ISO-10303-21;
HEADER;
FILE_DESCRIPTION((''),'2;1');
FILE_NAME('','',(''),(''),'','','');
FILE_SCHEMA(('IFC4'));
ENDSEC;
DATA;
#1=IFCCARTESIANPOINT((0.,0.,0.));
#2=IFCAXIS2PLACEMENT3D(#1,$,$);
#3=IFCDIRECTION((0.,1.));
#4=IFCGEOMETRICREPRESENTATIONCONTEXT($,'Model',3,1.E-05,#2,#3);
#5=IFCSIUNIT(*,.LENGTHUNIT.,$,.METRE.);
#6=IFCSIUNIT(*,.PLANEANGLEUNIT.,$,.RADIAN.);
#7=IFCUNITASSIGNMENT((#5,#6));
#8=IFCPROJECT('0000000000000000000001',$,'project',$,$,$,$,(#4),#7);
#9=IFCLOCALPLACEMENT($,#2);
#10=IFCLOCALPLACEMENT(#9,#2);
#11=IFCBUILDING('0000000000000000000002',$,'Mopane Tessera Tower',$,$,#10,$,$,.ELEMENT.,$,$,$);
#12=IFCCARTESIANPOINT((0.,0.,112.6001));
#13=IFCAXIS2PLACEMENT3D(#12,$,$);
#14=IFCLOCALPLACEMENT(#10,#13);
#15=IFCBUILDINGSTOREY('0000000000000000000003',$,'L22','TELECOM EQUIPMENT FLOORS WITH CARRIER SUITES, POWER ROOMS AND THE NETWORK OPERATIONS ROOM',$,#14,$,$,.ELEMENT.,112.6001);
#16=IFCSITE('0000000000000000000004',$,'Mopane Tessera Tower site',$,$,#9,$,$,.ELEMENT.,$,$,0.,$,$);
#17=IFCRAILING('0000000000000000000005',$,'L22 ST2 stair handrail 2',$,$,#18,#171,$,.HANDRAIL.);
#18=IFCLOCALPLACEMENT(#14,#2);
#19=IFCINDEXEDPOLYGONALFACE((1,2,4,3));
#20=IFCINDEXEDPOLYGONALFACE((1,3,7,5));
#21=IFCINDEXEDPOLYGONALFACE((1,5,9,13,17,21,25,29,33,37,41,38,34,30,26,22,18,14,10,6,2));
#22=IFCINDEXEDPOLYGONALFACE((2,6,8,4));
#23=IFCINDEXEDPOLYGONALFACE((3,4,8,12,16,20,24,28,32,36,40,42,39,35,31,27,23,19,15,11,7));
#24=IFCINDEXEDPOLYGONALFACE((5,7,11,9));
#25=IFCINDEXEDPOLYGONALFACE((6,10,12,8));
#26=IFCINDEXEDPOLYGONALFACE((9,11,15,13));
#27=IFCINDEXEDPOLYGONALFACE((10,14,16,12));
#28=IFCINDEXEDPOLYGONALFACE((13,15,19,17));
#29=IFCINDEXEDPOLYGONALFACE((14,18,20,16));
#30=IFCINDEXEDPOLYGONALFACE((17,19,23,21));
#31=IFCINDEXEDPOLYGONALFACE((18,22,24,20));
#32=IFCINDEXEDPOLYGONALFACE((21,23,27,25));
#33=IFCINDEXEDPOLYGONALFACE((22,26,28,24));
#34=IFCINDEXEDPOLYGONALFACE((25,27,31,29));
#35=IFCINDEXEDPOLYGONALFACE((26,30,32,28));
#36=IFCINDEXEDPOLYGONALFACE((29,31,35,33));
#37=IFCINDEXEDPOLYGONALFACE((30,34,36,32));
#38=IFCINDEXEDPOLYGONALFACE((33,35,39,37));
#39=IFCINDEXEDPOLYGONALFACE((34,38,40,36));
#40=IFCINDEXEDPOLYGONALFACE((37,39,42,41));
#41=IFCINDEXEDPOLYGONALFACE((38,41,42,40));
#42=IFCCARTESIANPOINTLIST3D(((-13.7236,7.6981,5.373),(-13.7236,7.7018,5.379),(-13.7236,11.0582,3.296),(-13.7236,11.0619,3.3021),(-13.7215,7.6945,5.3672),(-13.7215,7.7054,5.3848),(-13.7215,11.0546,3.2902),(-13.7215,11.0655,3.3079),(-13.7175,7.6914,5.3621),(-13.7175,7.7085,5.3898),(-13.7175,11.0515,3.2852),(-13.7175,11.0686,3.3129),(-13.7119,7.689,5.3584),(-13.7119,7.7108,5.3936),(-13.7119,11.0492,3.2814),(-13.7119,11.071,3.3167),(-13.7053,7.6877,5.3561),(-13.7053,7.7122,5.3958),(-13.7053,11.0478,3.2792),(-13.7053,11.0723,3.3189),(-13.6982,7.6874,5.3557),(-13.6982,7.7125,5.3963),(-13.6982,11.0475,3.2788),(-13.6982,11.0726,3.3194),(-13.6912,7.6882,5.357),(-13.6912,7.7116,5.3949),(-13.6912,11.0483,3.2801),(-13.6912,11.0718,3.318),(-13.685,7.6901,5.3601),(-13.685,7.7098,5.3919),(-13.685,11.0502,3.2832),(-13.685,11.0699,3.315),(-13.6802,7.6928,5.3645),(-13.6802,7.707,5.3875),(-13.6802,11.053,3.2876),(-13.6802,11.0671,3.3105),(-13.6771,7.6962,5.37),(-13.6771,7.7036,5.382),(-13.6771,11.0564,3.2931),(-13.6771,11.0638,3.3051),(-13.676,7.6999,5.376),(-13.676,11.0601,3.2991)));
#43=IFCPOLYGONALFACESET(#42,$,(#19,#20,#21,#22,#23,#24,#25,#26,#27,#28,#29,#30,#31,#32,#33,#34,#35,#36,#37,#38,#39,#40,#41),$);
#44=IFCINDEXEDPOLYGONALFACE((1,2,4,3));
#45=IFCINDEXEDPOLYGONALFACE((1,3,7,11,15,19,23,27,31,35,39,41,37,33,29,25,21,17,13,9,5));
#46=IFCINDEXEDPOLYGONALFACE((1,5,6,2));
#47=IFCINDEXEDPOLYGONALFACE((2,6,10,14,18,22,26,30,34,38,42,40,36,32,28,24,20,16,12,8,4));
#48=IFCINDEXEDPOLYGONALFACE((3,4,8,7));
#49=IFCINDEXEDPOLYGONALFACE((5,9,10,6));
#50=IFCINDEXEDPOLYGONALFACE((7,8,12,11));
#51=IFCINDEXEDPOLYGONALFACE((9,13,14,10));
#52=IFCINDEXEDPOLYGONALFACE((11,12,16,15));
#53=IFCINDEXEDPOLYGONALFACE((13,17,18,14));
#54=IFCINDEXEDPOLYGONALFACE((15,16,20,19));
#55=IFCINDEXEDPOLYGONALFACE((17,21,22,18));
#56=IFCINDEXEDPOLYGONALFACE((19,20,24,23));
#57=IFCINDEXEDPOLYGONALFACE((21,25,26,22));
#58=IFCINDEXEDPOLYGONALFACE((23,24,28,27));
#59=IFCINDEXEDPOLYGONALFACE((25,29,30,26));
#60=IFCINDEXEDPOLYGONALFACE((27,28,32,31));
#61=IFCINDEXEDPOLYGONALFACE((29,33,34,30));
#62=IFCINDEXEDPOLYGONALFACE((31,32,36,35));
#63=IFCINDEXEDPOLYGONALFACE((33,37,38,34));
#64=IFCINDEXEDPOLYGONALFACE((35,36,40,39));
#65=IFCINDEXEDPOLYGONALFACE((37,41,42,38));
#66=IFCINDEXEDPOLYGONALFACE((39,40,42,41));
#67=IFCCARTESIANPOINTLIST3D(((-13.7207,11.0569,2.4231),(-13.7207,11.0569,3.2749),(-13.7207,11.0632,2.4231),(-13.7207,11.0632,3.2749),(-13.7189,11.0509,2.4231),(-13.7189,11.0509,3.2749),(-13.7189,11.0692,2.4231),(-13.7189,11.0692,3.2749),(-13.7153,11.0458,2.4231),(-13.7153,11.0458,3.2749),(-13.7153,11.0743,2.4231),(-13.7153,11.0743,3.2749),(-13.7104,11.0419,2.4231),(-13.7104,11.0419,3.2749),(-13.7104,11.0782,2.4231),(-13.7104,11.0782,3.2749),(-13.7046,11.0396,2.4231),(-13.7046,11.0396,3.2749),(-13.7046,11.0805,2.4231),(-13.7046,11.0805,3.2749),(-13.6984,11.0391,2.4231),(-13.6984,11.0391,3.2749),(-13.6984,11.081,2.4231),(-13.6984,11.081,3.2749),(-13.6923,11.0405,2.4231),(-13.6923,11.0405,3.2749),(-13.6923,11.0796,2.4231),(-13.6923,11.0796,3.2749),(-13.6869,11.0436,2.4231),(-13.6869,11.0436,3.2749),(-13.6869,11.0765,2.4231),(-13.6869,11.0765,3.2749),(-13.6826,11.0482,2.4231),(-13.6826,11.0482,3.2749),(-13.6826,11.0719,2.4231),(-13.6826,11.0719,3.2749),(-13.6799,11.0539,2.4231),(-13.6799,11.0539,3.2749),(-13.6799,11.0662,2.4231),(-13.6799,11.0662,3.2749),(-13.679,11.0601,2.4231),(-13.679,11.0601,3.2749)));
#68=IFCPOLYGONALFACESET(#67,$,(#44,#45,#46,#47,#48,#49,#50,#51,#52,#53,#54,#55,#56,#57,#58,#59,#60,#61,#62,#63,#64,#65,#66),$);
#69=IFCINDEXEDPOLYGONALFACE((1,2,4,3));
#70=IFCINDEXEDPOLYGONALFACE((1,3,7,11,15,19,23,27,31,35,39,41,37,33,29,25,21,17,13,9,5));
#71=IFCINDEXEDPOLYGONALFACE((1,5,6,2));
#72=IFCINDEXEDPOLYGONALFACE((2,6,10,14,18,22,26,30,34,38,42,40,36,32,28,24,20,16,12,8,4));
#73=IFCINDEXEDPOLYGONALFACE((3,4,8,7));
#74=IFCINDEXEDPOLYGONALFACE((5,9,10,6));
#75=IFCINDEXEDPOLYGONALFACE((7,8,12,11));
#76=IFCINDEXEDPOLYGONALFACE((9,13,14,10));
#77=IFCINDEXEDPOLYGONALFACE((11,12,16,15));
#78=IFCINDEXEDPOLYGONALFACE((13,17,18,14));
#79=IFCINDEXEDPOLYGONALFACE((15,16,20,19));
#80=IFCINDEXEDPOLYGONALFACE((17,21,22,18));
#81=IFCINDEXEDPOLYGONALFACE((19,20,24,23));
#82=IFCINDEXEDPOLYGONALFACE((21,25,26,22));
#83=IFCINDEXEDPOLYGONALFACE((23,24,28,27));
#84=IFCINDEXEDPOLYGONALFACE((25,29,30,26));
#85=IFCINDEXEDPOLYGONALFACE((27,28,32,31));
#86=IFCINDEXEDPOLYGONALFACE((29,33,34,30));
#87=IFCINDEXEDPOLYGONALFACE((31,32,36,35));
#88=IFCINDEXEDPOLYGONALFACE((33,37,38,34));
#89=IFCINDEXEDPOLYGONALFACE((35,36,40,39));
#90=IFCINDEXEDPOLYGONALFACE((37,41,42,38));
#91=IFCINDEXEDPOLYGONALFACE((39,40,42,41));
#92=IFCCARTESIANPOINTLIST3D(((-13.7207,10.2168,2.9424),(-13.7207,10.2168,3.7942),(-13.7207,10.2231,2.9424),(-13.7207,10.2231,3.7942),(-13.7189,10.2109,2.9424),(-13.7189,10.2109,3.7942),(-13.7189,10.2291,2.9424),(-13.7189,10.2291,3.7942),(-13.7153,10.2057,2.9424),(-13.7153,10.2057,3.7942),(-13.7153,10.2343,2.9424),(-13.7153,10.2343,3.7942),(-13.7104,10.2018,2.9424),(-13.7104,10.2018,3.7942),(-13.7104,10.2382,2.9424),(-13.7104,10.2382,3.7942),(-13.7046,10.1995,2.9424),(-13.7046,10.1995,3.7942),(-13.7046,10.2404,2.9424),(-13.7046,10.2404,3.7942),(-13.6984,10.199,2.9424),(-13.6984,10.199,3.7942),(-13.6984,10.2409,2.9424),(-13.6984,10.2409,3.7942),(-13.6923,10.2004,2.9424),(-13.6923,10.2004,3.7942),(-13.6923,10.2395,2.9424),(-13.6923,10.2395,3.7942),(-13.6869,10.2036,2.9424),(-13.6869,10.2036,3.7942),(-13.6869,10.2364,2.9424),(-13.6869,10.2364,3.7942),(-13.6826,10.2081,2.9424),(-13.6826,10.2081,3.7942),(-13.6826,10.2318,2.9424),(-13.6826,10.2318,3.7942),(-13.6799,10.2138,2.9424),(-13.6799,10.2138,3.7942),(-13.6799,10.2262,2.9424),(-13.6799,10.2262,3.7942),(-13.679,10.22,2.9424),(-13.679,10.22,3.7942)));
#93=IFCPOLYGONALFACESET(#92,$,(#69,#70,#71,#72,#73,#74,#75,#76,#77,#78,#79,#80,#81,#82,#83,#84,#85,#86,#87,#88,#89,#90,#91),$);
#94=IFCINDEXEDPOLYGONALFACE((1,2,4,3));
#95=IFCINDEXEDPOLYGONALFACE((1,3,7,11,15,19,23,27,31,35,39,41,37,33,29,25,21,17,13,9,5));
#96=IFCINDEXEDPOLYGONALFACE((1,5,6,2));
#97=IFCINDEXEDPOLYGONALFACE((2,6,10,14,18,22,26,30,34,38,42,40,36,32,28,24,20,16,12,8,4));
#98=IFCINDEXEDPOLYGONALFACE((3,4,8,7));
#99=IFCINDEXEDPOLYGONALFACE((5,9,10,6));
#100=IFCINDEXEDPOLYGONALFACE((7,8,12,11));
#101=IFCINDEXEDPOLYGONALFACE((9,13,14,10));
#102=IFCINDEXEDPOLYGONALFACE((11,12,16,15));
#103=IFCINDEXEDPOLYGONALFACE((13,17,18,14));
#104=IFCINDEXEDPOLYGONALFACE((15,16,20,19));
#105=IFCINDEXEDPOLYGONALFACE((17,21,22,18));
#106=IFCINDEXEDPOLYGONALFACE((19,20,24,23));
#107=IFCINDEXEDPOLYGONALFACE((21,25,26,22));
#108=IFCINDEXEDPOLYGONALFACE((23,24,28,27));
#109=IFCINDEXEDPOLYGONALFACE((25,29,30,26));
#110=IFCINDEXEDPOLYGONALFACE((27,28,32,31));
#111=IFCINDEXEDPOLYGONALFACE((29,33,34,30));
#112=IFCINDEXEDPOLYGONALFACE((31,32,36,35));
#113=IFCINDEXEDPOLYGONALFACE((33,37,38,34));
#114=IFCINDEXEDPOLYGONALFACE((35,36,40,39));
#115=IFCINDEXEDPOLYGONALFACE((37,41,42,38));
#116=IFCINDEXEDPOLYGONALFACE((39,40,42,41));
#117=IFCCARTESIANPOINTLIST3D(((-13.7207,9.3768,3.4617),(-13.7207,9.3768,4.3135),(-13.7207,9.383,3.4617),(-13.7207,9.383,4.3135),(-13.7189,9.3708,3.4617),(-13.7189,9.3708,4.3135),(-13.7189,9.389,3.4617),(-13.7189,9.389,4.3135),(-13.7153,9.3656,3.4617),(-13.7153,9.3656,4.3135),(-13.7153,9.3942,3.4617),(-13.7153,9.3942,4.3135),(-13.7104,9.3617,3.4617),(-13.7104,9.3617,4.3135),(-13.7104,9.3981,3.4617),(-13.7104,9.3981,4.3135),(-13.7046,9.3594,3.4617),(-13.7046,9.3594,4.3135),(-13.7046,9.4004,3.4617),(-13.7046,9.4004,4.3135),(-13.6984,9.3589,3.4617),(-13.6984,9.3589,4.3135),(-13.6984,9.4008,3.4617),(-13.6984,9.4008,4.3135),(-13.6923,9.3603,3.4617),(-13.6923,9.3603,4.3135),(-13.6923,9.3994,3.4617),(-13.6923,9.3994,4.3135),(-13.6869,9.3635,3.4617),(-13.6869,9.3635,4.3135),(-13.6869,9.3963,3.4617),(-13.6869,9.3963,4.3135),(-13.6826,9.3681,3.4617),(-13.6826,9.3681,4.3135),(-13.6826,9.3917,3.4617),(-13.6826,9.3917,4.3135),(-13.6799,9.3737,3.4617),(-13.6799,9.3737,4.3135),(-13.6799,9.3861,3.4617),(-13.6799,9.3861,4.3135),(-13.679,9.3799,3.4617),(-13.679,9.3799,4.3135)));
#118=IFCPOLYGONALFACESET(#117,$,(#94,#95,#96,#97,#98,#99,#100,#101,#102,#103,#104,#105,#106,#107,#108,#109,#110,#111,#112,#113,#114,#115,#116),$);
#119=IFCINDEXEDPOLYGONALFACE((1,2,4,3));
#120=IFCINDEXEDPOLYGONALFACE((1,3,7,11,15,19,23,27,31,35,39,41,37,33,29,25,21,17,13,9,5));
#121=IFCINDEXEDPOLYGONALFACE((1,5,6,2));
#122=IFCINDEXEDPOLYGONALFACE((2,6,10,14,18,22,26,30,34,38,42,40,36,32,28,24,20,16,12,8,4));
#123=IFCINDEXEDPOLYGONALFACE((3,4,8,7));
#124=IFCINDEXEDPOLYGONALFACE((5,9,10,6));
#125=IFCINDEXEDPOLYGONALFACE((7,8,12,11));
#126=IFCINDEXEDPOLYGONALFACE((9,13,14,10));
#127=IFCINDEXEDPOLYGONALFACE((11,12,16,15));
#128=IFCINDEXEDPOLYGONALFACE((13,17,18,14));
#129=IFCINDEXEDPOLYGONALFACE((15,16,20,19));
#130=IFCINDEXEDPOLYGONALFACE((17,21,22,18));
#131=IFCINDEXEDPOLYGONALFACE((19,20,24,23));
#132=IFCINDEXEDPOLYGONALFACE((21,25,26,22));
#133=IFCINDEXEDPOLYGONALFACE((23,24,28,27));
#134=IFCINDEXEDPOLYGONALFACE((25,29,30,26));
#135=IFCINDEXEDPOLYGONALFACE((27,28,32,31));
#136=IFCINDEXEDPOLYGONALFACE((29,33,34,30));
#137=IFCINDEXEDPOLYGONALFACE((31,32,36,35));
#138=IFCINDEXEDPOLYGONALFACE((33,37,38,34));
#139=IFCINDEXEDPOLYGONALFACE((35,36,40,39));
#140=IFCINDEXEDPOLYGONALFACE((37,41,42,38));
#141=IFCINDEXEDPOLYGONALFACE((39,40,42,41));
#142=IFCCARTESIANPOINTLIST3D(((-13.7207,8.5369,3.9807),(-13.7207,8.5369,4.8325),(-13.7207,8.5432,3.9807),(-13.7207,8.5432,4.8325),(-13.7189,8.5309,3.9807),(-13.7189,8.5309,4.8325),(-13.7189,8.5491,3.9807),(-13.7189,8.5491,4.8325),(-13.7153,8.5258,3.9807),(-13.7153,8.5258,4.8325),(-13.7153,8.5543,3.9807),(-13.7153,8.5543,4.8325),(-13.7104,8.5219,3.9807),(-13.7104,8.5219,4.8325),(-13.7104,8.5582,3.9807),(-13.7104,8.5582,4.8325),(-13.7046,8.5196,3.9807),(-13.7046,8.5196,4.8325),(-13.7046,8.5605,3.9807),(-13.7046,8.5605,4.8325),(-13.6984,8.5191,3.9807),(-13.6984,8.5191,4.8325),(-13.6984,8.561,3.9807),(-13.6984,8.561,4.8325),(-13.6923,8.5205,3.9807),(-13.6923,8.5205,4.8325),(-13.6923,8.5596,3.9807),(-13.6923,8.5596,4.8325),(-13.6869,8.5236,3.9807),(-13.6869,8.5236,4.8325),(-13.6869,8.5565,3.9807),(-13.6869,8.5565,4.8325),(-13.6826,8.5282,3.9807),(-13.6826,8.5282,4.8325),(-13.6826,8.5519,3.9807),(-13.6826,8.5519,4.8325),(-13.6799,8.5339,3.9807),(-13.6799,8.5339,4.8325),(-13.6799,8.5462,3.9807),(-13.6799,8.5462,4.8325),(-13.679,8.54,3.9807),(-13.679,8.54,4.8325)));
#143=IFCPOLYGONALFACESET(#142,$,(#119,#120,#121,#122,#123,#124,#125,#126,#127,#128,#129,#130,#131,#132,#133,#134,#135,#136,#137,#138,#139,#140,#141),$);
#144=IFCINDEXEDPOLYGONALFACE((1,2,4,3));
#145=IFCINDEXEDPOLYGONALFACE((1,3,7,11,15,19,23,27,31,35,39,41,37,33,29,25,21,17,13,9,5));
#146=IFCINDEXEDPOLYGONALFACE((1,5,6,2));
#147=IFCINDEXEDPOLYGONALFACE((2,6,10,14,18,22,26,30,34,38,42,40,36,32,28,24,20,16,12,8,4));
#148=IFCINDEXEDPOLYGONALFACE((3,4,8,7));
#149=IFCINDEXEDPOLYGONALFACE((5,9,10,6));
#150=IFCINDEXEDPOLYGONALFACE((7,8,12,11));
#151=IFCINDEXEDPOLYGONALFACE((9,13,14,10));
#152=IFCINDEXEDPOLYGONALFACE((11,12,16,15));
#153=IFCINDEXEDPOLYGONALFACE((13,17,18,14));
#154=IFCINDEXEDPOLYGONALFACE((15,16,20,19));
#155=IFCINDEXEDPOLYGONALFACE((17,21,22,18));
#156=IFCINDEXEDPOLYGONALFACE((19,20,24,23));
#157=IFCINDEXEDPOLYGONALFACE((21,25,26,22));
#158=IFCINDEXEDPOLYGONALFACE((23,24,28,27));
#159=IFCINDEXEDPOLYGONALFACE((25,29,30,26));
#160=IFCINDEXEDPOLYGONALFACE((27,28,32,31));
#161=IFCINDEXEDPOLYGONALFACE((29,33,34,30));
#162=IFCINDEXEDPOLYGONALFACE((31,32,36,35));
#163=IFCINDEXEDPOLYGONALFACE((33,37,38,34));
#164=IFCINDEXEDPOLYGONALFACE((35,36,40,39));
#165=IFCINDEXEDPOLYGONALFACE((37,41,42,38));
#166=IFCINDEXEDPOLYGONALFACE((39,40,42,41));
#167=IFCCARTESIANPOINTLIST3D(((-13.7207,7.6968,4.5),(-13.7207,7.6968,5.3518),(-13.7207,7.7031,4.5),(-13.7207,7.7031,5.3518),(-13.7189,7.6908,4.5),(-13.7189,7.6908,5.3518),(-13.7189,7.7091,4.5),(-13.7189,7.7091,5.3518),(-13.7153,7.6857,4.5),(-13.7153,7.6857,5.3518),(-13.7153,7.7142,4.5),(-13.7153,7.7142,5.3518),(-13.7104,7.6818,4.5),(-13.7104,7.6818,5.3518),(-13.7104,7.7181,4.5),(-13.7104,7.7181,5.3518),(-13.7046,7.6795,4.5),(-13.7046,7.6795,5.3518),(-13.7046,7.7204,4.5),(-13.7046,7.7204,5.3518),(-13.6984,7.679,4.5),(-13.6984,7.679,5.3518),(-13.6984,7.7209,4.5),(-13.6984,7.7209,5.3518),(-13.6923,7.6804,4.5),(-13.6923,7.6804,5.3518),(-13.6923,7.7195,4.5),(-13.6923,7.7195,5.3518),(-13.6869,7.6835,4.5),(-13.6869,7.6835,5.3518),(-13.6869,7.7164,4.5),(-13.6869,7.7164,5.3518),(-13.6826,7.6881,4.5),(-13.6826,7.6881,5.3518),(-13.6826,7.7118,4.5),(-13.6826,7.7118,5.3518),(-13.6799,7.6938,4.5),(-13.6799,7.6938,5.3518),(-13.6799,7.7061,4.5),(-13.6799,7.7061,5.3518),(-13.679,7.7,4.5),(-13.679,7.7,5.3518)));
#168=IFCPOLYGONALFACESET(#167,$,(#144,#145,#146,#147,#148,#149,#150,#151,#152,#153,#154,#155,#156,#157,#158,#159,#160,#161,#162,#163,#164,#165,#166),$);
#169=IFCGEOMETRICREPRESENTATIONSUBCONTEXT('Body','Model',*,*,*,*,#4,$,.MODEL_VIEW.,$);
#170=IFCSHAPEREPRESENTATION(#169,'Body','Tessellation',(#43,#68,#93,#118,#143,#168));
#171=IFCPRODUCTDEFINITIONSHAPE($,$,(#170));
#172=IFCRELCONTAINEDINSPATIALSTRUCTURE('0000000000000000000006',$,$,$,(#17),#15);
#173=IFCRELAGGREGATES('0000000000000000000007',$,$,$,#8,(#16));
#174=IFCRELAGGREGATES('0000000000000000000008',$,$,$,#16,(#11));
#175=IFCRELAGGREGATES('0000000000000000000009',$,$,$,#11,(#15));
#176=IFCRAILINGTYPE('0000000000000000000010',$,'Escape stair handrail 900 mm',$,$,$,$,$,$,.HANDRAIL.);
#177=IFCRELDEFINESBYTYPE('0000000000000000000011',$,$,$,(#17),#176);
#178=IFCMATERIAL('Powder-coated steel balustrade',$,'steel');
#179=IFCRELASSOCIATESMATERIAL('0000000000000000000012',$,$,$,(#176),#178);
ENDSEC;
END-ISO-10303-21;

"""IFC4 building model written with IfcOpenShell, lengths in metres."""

from ifc_helpers import new_model, si_unit, direction, frame, origin, origin_2d, place, context, subcontext, project, spatial, circle, extrude, material, type_object, element, save


model = new_model("IFC4")

# Units and contexts
model_context = context("Model", 3, precision=1e-05, world=origin(), true_north=direction((0.0, 1.0)))
body_context = subcontext(model_context, "Body", "Model", "MODEL_VIEW")
ifc_project = project(units=[si_unit("LENGTHUNIT", "METRE"), si_unit("PLANEANGLEUNIT", "RADIAN")], contexts=[model_context])

# Site, building, storey
site_placement = place(None, origin())
site = spatial("IfcSite", under=ifc_project, at=site_placement, Name="Mopane Tessera Tower site", CompositionType="ELEMENT", RefElevation=0.0)
building_placement = place(site_placement, origin())
building = spatial("IfcBuilding", under=site, at=building_placement, Name="Mopane Tessera Tower", CompositionType="ELEMENT")
storey_placement = place(building_placement, frame((0.0, 0.0, 112.6001)))
storey = spatial("IfcBuildingStorey", under=building, at=storey_placement, Name="L22", Description="TELECOM EQUIPMENT FLOORS WITH CARRIER SUITES, POWER ROOMS AND THE NETWORK OPERATIONS ROOM", CompositionType="ELEMENT", Elevation=112.6001)

# Railing
ifc_material_1 = material(Name="Powder-coated steel balustrade", Category="steel")
railing_type_1 = type_object("IfcRailingType", Name="Escape stair handrail 900 mm", PredefinedType="HANDRAIL", material=ifc_material_1)
railing_1_placement = place(storey_placement, frame((-13.7, 11.0601, 2.4231)))
element("IfcRailing", 1, at=railing_1_placement, inside=storey, type_object=railing_type_1, Name="L22 ST2 stair handrail 2", PredefinedType="HANDRAIL", context=body_context, shape_type="SweptSolid", body=[
    extrude(circle(Radius=0.0239, at=origin_2d()), frame((0.0, 0.0, 0.876), z_axis=(0.0, -0.850623, 0.525776), x_axis=(1.0, 0.0, 0.0)), (0.0, 0.0, 1.0), 3.9502),
    extrude(circle(Radius=0.021, at=origin_2d()), origin(), (0.0, 0.0, 1.0), 0.8518),
    extrude(circle(Radius=0.021, at=origin_2d()), frame((0.0, -0.8401, 0.5193)), (0.0, 0.0, 1.0), 0.8518),
    extrude(circle(Radius=0.021, at=origin_2d()), frame((0.0, -1.6802, 1.0386)), (0.0, 0.0, 1.0), 0.8518),
    extrude(circle(Radius=0.021, at=origin_2d()), frame((0.0, -2.52, 1.5576)), (0.0, 0.0, 1.0), 0.8518),
    extrude(circle(Radius=0.021, at=origin_2d()), frame((0.0, -3.3601, 2.0769)), (0.0, 0.0, 1.0), 0.8518),
])

save(model, "model.ifc")
